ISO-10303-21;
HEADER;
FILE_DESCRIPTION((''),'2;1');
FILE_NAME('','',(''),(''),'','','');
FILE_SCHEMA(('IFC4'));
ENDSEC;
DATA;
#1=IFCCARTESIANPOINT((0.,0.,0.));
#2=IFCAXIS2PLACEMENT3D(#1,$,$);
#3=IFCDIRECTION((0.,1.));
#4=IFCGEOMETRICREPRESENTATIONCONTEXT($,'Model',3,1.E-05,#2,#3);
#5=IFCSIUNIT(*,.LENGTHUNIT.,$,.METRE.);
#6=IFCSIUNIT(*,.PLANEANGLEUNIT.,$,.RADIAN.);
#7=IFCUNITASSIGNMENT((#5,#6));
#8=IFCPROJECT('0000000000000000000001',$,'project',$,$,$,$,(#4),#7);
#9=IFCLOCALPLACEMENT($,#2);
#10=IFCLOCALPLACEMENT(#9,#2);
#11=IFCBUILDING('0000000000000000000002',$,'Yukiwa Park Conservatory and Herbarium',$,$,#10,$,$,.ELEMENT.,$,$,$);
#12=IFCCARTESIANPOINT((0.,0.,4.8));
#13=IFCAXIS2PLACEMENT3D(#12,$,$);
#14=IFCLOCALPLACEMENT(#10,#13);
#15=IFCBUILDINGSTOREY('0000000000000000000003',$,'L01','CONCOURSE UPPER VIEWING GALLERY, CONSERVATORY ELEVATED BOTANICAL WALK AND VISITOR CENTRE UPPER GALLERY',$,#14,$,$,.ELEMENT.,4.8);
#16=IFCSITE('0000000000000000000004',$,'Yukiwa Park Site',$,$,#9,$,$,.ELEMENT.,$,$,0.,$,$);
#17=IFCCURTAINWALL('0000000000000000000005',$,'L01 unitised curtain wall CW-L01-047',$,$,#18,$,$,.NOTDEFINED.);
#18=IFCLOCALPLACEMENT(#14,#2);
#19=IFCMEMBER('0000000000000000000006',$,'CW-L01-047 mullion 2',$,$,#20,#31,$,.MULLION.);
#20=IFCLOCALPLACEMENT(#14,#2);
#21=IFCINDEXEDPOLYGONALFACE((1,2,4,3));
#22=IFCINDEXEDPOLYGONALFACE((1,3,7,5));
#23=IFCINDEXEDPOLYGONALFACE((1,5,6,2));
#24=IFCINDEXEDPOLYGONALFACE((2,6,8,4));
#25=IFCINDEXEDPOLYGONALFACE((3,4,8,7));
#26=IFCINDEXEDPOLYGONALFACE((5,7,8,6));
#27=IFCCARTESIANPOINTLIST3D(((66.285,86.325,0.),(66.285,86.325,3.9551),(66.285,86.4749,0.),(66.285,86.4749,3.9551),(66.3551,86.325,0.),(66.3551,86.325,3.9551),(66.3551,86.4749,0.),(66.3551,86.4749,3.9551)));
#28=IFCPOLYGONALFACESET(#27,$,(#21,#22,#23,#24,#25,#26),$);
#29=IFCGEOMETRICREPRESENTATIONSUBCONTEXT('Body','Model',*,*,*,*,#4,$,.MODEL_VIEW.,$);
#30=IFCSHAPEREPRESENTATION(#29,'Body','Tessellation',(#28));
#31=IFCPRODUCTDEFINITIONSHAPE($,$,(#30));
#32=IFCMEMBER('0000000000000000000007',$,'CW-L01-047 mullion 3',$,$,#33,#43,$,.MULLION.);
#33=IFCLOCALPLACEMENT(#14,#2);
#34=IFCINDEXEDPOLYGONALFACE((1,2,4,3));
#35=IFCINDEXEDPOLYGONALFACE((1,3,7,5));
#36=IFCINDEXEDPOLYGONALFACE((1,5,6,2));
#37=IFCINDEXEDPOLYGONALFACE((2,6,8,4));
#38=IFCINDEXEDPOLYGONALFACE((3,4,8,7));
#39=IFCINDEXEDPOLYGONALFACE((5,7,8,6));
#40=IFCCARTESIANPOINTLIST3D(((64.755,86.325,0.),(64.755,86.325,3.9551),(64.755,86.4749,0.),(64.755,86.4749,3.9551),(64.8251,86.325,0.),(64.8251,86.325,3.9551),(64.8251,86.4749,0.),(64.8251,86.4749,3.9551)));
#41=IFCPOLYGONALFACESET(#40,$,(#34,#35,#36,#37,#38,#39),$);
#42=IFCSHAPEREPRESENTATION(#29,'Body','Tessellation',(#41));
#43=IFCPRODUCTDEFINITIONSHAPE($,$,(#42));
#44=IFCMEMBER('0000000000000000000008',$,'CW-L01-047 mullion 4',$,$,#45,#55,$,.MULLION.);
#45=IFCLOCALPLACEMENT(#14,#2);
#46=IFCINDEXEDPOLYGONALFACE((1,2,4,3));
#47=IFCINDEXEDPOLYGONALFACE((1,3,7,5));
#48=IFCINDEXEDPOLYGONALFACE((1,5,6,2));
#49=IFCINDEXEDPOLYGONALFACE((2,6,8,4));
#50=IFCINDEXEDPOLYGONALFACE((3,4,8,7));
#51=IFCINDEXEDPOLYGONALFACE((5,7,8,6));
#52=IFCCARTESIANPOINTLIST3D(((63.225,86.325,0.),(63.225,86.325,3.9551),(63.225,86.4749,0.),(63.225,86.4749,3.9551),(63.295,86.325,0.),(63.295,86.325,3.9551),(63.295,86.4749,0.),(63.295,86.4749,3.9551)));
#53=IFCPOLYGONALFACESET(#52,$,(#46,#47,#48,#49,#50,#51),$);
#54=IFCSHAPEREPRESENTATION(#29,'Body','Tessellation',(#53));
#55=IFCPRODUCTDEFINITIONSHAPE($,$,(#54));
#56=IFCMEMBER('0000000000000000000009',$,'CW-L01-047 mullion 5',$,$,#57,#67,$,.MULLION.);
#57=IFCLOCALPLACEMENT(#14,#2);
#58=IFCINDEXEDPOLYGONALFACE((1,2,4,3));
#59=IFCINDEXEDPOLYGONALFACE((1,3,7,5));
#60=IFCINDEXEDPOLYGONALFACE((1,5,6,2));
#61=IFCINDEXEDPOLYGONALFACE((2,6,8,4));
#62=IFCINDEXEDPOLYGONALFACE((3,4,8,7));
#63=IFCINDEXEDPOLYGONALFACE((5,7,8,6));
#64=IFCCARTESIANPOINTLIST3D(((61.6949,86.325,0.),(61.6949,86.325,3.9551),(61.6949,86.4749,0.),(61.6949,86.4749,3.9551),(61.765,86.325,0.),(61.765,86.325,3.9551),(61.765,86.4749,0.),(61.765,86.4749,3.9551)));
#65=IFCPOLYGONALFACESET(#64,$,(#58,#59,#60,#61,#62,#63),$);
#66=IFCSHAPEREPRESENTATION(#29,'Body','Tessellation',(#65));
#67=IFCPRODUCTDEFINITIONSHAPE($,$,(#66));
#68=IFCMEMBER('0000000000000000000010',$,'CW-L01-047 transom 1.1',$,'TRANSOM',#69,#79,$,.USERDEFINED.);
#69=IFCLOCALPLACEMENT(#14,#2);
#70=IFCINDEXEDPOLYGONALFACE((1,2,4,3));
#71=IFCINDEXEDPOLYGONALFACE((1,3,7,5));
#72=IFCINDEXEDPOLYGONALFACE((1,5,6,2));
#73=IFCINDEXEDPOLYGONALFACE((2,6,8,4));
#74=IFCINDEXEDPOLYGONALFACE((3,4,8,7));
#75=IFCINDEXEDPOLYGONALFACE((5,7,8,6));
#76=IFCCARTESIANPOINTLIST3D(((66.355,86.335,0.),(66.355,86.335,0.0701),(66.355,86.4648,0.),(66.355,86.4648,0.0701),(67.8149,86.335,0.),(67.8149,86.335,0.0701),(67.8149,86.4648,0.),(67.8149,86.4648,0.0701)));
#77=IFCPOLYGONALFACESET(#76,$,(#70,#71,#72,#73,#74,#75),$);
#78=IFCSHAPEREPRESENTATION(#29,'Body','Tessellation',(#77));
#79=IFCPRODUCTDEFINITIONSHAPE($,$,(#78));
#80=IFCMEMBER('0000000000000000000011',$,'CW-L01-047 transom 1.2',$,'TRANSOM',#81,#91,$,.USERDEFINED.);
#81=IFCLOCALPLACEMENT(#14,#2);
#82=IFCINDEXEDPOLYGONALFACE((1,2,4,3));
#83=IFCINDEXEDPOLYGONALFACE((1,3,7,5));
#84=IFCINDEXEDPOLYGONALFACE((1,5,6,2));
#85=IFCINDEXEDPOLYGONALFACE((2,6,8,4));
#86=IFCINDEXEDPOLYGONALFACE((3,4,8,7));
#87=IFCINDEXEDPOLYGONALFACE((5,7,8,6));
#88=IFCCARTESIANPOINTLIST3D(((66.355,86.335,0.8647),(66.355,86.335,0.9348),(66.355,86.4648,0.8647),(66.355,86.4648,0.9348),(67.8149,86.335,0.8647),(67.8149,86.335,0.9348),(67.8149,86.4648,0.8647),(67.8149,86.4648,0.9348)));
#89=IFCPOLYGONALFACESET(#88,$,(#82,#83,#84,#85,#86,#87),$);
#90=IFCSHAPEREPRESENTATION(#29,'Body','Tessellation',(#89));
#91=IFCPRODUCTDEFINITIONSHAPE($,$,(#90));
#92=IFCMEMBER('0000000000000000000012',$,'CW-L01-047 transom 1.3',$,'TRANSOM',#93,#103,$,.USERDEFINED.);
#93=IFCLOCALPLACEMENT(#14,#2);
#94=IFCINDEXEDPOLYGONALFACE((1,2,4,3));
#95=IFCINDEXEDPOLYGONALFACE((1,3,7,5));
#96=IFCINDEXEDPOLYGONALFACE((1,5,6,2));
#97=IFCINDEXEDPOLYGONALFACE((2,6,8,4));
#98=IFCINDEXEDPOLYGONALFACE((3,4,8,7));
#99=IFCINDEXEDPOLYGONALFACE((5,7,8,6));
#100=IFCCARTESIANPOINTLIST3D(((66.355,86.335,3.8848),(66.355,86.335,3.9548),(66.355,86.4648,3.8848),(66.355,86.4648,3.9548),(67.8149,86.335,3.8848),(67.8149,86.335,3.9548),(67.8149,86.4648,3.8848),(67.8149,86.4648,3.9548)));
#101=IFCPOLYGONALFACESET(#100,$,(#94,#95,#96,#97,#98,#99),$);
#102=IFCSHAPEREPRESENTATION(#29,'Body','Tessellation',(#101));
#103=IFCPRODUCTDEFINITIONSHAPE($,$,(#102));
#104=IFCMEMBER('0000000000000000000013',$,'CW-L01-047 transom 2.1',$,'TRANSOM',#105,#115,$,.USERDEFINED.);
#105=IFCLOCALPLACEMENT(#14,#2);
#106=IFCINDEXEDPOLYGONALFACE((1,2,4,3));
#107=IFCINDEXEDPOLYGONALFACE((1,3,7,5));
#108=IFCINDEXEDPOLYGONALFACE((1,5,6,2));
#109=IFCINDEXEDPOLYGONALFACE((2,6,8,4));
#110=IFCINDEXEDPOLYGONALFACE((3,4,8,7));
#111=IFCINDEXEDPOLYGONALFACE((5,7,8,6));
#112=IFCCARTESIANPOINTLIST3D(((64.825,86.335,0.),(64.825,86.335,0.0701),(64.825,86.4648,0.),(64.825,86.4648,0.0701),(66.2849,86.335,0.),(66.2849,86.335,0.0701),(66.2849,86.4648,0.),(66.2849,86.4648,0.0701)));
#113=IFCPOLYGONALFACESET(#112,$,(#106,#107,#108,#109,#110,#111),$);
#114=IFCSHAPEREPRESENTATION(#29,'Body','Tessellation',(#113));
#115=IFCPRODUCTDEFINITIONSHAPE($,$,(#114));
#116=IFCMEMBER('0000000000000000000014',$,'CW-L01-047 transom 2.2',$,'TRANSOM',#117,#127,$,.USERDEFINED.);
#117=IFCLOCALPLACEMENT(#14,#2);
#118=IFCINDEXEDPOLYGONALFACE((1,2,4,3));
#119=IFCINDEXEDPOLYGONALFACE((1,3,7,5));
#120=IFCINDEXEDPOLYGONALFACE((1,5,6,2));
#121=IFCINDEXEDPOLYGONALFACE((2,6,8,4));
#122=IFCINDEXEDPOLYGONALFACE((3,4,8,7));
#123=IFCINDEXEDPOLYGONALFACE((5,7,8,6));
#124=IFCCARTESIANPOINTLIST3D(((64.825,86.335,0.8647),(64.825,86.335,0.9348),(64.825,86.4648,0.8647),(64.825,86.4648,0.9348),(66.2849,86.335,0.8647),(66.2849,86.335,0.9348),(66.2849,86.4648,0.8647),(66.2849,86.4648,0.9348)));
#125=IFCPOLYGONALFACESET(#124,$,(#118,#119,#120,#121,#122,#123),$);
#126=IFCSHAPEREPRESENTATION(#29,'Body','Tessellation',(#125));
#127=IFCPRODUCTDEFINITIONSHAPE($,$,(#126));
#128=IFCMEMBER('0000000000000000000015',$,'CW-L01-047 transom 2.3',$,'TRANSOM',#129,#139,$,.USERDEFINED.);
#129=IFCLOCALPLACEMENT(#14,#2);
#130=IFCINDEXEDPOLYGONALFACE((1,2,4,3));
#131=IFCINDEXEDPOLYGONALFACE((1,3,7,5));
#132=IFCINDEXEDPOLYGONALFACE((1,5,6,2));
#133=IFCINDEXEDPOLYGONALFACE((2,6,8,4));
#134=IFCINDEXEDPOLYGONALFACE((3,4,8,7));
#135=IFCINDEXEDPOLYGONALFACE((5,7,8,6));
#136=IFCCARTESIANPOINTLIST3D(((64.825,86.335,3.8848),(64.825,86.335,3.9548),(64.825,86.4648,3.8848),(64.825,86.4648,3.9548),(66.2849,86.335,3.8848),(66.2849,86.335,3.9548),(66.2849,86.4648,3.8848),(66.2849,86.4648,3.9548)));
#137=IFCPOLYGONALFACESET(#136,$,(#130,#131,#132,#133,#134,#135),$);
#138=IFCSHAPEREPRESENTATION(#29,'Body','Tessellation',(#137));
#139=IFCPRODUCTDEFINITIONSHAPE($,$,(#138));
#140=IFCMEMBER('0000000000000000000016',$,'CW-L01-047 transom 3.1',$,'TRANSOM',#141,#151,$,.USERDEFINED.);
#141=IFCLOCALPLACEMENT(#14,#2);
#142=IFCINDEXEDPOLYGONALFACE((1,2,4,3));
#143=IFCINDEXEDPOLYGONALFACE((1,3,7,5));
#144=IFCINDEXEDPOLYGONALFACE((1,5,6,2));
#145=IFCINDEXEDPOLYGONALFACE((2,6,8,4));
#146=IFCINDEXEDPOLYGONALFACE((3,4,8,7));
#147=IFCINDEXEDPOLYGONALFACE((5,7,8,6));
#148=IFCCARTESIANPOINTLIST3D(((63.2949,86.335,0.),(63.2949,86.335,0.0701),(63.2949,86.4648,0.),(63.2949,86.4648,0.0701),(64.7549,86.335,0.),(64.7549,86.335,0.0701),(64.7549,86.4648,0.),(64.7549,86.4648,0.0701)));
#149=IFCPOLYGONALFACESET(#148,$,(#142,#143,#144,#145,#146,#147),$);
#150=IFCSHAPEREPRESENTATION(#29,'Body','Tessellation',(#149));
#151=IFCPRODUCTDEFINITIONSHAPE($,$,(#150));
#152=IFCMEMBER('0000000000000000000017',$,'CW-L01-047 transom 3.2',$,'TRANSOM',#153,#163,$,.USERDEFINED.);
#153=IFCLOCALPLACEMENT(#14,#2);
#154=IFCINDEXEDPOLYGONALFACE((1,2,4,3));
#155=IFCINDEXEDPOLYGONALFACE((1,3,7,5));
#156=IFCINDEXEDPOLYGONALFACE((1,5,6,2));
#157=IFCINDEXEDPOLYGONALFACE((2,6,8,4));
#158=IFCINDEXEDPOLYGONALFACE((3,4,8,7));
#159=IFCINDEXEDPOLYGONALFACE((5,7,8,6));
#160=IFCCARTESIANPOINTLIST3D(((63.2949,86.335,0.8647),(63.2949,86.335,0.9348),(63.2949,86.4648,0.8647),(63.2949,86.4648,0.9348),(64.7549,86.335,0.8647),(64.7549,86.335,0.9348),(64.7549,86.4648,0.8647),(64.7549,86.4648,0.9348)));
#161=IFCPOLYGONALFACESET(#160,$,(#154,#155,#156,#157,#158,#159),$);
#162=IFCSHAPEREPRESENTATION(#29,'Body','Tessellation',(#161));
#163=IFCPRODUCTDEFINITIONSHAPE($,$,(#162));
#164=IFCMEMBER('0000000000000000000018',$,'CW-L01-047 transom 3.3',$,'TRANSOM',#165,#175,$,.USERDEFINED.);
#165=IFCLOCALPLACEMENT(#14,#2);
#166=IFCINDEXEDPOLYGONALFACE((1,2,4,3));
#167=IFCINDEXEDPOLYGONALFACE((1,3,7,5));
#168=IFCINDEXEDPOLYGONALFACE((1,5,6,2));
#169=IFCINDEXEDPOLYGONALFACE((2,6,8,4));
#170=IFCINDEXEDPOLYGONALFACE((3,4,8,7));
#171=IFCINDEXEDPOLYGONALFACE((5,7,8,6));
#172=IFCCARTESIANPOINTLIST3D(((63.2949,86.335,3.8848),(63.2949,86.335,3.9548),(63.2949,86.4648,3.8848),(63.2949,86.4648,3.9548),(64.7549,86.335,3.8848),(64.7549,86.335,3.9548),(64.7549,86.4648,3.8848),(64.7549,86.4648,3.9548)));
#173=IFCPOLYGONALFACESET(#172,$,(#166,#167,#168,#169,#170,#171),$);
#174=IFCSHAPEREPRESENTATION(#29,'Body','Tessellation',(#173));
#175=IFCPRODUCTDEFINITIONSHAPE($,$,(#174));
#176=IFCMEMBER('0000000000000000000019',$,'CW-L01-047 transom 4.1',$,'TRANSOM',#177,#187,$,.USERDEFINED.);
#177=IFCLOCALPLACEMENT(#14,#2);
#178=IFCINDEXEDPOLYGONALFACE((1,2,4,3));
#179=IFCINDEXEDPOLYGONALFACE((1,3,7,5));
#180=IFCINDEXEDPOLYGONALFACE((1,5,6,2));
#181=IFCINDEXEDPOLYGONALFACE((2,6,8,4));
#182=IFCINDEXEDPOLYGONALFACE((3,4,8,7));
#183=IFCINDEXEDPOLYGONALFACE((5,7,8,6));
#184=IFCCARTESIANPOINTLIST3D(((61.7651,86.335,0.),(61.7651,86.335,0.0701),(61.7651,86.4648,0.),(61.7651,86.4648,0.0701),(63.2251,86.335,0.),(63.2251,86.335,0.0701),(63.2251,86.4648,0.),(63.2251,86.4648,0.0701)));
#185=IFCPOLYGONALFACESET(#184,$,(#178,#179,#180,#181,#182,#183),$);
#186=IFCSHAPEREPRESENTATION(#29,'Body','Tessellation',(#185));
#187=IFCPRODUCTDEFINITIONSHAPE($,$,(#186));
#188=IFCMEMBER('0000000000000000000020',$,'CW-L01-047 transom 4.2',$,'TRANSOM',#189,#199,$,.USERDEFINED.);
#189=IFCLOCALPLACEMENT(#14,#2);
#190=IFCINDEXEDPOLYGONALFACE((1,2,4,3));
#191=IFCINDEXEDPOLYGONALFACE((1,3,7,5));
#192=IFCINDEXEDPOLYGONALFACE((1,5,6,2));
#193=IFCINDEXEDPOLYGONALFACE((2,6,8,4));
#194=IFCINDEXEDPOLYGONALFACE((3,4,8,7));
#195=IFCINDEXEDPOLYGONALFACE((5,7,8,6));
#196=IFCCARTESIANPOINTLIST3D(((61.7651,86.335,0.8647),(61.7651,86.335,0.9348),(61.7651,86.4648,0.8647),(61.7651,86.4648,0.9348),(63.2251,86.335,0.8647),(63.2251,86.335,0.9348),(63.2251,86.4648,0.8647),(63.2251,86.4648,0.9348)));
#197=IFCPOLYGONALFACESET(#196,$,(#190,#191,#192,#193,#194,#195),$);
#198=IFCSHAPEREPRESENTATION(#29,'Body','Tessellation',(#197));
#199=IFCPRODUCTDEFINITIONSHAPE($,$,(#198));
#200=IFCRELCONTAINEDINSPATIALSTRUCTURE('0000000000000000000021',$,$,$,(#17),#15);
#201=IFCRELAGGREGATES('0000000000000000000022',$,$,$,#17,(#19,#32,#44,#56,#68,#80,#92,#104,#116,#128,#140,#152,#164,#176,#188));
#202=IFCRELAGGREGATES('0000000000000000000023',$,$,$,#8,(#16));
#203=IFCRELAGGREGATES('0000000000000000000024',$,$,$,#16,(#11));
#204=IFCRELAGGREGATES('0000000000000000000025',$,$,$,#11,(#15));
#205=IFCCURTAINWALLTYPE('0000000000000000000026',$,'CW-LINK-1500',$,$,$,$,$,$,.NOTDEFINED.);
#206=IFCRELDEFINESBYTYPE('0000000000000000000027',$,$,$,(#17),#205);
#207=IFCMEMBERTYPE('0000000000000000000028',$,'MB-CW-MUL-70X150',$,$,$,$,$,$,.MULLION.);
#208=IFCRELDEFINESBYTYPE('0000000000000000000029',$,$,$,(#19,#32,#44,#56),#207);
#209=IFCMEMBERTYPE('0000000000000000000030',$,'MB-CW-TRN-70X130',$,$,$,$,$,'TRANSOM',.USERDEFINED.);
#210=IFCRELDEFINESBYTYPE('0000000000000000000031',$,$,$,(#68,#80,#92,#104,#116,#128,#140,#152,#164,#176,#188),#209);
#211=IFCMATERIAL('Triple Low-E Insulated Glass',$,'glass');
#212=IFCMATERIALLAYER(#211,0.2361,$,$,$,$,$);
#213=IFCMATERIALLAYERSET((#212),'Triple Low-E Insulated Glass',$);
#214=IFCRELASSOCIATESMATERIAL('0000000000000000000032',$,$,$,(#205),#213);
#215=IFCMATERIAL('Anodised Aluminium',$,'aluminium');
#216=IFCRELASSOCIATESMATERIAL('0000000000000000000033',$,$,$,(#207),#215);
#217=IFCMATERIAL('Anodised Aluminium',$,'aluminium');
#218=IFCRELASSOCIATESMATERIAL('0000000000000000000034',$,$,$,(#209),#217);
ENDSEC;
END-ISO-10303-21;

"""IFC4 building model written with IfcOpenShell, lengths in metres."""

from ifc_helpers import new_model, si_unit, direction, frame, origin, origin_2d, place, context, subcontext, project, spatial, rectangle, extrude, material, layer, layer_set, type_object, element, aggregate, save


model = new_model("IFC4")

# Units and contexts
model_context = context("Model", 3, precision=1e-05, world=origin(), true_north=direction((0.0, 1.0)))
body_context = subcontext(model_context, "Body", "Model", "MODEL_VIEW")
ifc_project = project(units=[si_unit("LENGTHUNIT", "METRE"), si_unit("PLANEANGLEUNIT", "RADIAN")], contexts=[model_context])

# Site, building, storey
site_placement = place(None, origin())
site = spatial("IfcSite", under=ifc_project, at=site_placement, Name="Yukiwa Park Site", CompositionType="ELEMENT", RefElevation=0.0)
building_placement = place(site_placement, origin())
building = spatial("IfcBuilding", under=site, at=building_placement, Name="Yukiwa Park Conservatory and Herbarium", CompositionType="ELEMENT")
storey_placement = place(building_placement, frame((0.0, 0.0, 4.8)))
storey = spatial("IfcBuildingStorey", under=building, at=storey_placement, Name="L01", Description="CONCOURSE UPPER VIEWING GALLERY, CONSERVATORY ELEVATED BOTANICAL WALK AND VISITOR CENTRE UPPER GALLERY", CompositionType="ELEMENT", Elevation=4.8)

# Curtain wall, members
ifc_material_1 = material(Name="Triple Low-E Insulated Glass", Category="glass")
ifc_layer_1 = layer(ifc_material_1, 0.2361)
ifc_layer_set_1 = layer_set([ifc_layer_1], Name="Triple Low-E Insulated Glass")
curtain_wall_type = type_object("IfcCurtainWallType", Name="CW-LINK-1500", PredefinedType="NOTDEFINED", material=ifc_layer_set_1)
curtain_wall_placement = place(storey_placement, origin())
curtain_wall = element("IfcCurtainWall", 1, at=curtain_wall_placement, inside=storey, type_object=curtain_wall_type, Name="L01 unitised curtain wall CW-L01-047", PredefinedType="NOTDEFINED")
ifc_material_2 = material(Name="Anodised Aluminium", Category="aluminium")
member_type_1 = type_object("IfcMemberType", Name="MB-CW-MUL-70X150", PredefinedType="MULLION", material=ifc_material_2)
member_1_placement = place(storey_placement, frame((66.3201, 86.3999, 0.0), z_axis=(0.0, 0.0, 1.0), x_axis=(-1.0, 0.0, 0.0)))
member_1 = element("IfcMember", 2, at=member_1_placement, type_object=member_type_1, Name="CW-L01-047 mullion 2", PredefinedType="MULLION", context=body_context, shape_type="SweptSolid", body=[
    extrude(rectangle(XDim=0.0701, YDim=0.1499, at=origin_2d()), origin(), (0.0, 0.0, 1.0), 3.9551),
])
member_2_placement = place(storey_placement, frame((64.79, 86.3999, 0.0), z_axis=(0.0, 0.0, 1.0), x_axis=(-1.0, 0.0, 0.0)))
member_2 = element("IfcMember", 3, at=member_2_placement, type_object=member_type_1, Name="CW-L01-047 mullion 3", PredefinedType="MULLION", context=body_context, shape_type="SweptSolid", body=[
    extrude(rectangle(XDim=0.0701, YDim=0.1499, at=origin_2d()), origin(), (0.0, 0.0, 1.0), 3.9551),
])
member_3_placement = place(storey_placement, frame((63.26, 86.3999, 0.0), z_axis=(0.0, 0.0, 1.0), x_axis=(-1.0, 0.0, 0.0)))
member_3 = element("IfcMember", 4, at=member_3_placement, type_object=member_type_1, Name="CW-L01-047 mullion 4", PredefinedType="MULLION", context=body_context, shape_type="SweptSolid", body=[
    extrude(rectangle(XDim=0.0701, YDim=0.1499, at=origin_2d()), origin(), (0.0, 0.0, 1.0), 3.9551),
])
member_4_placement = place(storey_placement, frame((61.73, 86.3999, 0.0), z_axis=(0.0, 0.0, 1.0), x_axis=(-1.0, 0.0, 0.0)))
member_4 = element("IfcMember", 5, at=member_4_placement, type_object=member_type_1, Name="CW-L01-047 mullion 5", PredefinedType="MULLION", context=body_context, shape_type="SweptSolid", body=[
    extrude(rectangle(XDim=0.0701, YDim=0.1499, at=origin_2d()), origin(), (0.0, 0.0, 1.0), 3.9551),
])
ifc_material_3 = material(Name="Anodised Aluminium", Category="aluminium")
member_type_2 = type_object("IfcMemberType", Name="MB-CW-TRN-70X130", ElementType="TRANSOM", PredefinedType="USERDEFINED", material=ifc_material_3)
member_5_placement = place(storey_placement, frame((67.085, 86.3999, 0.0), z_axis=(0.0, 0.0, 1.0), x_axis=(-1.0, 0.0, 0.0)))
member_5 = element("IfcMember", 6, at=member_5_placement, type_object=member_type_2, Name="CW-L01-047 transom 1.1", ObjectType="TRANSOM", PredefinedType="USERDEFINED", context=body_context, shape_type="SweptSolid", body=[
    extrude(rectangle(XDim=1.46, YDim=0.1299, at=origin_2d()), origin(), (0.0, 0.0, 1.0), 0.0701),
])
member_6_placement = place(storey_placement, frame((67.085, 86.3999, 0.8647), z_axis=(0.0, 0.0, 1.0), x_axis=(-1.0, 0.0, 0.0)))
member_6 = element("IfcMember", 7, at=member_6_placement, type_object=member_type_2, Name="CW-L01-047 transom 1.2", ObjectType="TRANSOM", PredefinedType="USERDEFINED", context=body_context, shape_type="SweptSolid", body=[
    extrude(rectangle(XDim=1.46, YDim=0.1299, at=origin_2d()), origin(), (0.0, 0.0, 1.0), 0.0701),
])
member_7_placement = place(storey_placement, frame((67.085, 86.3999, 3.8848), z_axis=(0.0, 0.0, 1.0), x_axis=(-1.0, 0.0, 0.0)))
member_7 = element("IfcMember", 8, at=member_7_placement, type_object=member_type_2, Name="CW-L01-047 transom 1.3", ObjectType="TRANSOM", PredefinedType="USERDEFINED", context=body_context, shape_type="SweptSolid", body=[
    extrude(rectangle(XDim=1.46, YDim=0.1299, at=origin_2d()), origin(), (0.0, 0.0, 1.0), 0.0701),
])
member_8_placement = place(storey_placement, frame((65.5549, 86.3999, 0.0), z_axis=(0.0, 0.0, 1.0), x_axis=(-1.0, 0.0, 0.0)))
member_8 = element("IfcMember", 9, at=member_8_placement, type_object=member_type_2, Name="CW-L01-047 transom 2.1", ObjectType="TRANSOM", PredefinedType="USERDEFINED", context=body_context, shape_type="SweptSolid", body=[
    extrude(rectangle(XDim=1.46, YDim=0.1299, at=origin_2d()), origin(), (0.0, 0.0, 1.0), 0.0701),
])
member_9_placement = place(storey_placement, frame((65.5549, 86.3999, 0.8647), z_axis=(0.0, 0.0, 1.0), x_axis=(-1.0, 0.0, 0.0)))
member_9 = element("IfcMember", 10, at=member_9_placement, type_object=member_type_2, Name="CW-L01-047 transom 2.2", ObjectType="TRANSOM", PredefinedType="USERDEFINED", context=body_context, shape_type="SweptSolid", body=[
    extrude(rectangle(XDim=1.46, YDim=0.1299, at=origin_2d()), origin(), (0.0, 0.0, 1.0), 0.0701),
])
member_10_placement = place(storey_placement, frame((65.5549, 86.3999, 3.8848), z_axis=(0.0, 0.0, 1.0), x_axis=(-1.0, 0.0, 0.0)))
member_10 = element("IfcMember", 11, at=member_10_placement, type_object=member_type_2, Name="CW-L01-047 transom 2.3", ObjectType="TRANSOM", PredefinedType="USERDEFINED", context=body_context, shape_type="SweptSolid", body=[
    extrude(rectangle(XDim=1.46, YDim=0.1299, at=origin_2d()), origin(), (0.0, 0.0, 1.0), 0.0701),
])
member_11_placement = place(storey_placement, frame((64.0249, 86.3999, 0.0), z_axis=(0.0, 0.0, 1.0), x_axis=(-1.0, 0.0, 0.0)))
member_11 = element("IfcMember", 12, at=member_11_placement, type_object=member_type_2, Name="CW-L01-047 transom 3.1", ObjectType="TRANSOM", PredefinedType="USERDEFINED", context=body_context, shape_type="SweptSolid", body=[
    extrude(rectangle(XDim=1.46, YDim=0.1299, at=origin_2d()), origin(), (0.0, 0.0, 1.0), 0.0701),
])
member_12_placement = place(storey_placement, frame((64.0249, 86.3999, 0.8647), z_axis=(0.0, 0.0, 1.0), x_axis=(-1.0, 0.0, 0.0)))
member_12 = element("IfcMember", 13, at=member_12_placement, type_object=member_type_2, Name="CW-L01-047 transom 3.2", ObjectType="TRANSOM", PredefinedType="USERDEFINED", context=body_context, shape_type="SweptSolid", body=[
    extrude(rectangle(XDim=1.46, YDim=0.1299, at=origin_2d()), origin(), (0.0, 0.0, 1.0), 0.0701),
])
member_13_placement = place(storey_placement, frame((64.0249, 86.3999, 3.8848), z_axis=(0.0, 0.0, 1.0), x_axis=(-1.0, 0.0, 0.0)))
member_13 = element("IfcMember", 14, at=member_13_placement, type_object=member_type_2, Name="CW-L01-047 transom 3.3", ObjectType="TRANSOM", PredefinedType="USERDEFINED", context=body_context, shape_type="SweptSolid", body=[
    extrude(rectangle(XDim=1.46, YDim=0.1299, at=origin_2d()), origin(), (0.0, 0.0, 1.0), 0.0701),
])
member_14_placement = place(storey_placement, frame((62.4951, 86.3999, 0.0), z_axis=(0.0, 0.0, 1.0), x_axis=(-1.0, 0.0, 0.0)))
member_14 = element("IfcMember", 15, at=member_14_placement, type_object=member_type_2, Name="CW-L01-047 transom 4.1", ObjectType="TRANSOM", PredefinedType="USERDEFINED", context=body_context, shape_type="SweptSolid", body=[
    extrude(rectangle(XDim=1.46, YDim=0.1299, at=origin_2d()), origin(), (0.0, 0.0, 1.0), 0.0701),
])
member_15_placement = place(storey_placement, frame((62.4951, 86.3999, 0.8647), z_axis=(0.0, 0.0, 1.0), x_axis=(-1.0, 0.0, 0.0)))
member_15 = element("IfcMember", 16, at=member_15_placement, type_object=member_type_2, Name="CW-L01-047 transom 4.2", ObjectType="TRANSOM", PredefinedType="USERDEFINED", context=body_context, shape_type="SweptSolid", body=[
    extrude(rectangle(XDim=1.46, YDim=0.1299, at=origin_2d()), origin(), (0.0, 0.0, 1.0), 0.0701),
])
aggregate(curtain_wall, [member_1, member_2, member_3, member_4, member_5, member_6, member_7, member_8, member_9, member_10, member_11, member_12, member_13, member_14, member_15])

save(model, "model.ifc")
